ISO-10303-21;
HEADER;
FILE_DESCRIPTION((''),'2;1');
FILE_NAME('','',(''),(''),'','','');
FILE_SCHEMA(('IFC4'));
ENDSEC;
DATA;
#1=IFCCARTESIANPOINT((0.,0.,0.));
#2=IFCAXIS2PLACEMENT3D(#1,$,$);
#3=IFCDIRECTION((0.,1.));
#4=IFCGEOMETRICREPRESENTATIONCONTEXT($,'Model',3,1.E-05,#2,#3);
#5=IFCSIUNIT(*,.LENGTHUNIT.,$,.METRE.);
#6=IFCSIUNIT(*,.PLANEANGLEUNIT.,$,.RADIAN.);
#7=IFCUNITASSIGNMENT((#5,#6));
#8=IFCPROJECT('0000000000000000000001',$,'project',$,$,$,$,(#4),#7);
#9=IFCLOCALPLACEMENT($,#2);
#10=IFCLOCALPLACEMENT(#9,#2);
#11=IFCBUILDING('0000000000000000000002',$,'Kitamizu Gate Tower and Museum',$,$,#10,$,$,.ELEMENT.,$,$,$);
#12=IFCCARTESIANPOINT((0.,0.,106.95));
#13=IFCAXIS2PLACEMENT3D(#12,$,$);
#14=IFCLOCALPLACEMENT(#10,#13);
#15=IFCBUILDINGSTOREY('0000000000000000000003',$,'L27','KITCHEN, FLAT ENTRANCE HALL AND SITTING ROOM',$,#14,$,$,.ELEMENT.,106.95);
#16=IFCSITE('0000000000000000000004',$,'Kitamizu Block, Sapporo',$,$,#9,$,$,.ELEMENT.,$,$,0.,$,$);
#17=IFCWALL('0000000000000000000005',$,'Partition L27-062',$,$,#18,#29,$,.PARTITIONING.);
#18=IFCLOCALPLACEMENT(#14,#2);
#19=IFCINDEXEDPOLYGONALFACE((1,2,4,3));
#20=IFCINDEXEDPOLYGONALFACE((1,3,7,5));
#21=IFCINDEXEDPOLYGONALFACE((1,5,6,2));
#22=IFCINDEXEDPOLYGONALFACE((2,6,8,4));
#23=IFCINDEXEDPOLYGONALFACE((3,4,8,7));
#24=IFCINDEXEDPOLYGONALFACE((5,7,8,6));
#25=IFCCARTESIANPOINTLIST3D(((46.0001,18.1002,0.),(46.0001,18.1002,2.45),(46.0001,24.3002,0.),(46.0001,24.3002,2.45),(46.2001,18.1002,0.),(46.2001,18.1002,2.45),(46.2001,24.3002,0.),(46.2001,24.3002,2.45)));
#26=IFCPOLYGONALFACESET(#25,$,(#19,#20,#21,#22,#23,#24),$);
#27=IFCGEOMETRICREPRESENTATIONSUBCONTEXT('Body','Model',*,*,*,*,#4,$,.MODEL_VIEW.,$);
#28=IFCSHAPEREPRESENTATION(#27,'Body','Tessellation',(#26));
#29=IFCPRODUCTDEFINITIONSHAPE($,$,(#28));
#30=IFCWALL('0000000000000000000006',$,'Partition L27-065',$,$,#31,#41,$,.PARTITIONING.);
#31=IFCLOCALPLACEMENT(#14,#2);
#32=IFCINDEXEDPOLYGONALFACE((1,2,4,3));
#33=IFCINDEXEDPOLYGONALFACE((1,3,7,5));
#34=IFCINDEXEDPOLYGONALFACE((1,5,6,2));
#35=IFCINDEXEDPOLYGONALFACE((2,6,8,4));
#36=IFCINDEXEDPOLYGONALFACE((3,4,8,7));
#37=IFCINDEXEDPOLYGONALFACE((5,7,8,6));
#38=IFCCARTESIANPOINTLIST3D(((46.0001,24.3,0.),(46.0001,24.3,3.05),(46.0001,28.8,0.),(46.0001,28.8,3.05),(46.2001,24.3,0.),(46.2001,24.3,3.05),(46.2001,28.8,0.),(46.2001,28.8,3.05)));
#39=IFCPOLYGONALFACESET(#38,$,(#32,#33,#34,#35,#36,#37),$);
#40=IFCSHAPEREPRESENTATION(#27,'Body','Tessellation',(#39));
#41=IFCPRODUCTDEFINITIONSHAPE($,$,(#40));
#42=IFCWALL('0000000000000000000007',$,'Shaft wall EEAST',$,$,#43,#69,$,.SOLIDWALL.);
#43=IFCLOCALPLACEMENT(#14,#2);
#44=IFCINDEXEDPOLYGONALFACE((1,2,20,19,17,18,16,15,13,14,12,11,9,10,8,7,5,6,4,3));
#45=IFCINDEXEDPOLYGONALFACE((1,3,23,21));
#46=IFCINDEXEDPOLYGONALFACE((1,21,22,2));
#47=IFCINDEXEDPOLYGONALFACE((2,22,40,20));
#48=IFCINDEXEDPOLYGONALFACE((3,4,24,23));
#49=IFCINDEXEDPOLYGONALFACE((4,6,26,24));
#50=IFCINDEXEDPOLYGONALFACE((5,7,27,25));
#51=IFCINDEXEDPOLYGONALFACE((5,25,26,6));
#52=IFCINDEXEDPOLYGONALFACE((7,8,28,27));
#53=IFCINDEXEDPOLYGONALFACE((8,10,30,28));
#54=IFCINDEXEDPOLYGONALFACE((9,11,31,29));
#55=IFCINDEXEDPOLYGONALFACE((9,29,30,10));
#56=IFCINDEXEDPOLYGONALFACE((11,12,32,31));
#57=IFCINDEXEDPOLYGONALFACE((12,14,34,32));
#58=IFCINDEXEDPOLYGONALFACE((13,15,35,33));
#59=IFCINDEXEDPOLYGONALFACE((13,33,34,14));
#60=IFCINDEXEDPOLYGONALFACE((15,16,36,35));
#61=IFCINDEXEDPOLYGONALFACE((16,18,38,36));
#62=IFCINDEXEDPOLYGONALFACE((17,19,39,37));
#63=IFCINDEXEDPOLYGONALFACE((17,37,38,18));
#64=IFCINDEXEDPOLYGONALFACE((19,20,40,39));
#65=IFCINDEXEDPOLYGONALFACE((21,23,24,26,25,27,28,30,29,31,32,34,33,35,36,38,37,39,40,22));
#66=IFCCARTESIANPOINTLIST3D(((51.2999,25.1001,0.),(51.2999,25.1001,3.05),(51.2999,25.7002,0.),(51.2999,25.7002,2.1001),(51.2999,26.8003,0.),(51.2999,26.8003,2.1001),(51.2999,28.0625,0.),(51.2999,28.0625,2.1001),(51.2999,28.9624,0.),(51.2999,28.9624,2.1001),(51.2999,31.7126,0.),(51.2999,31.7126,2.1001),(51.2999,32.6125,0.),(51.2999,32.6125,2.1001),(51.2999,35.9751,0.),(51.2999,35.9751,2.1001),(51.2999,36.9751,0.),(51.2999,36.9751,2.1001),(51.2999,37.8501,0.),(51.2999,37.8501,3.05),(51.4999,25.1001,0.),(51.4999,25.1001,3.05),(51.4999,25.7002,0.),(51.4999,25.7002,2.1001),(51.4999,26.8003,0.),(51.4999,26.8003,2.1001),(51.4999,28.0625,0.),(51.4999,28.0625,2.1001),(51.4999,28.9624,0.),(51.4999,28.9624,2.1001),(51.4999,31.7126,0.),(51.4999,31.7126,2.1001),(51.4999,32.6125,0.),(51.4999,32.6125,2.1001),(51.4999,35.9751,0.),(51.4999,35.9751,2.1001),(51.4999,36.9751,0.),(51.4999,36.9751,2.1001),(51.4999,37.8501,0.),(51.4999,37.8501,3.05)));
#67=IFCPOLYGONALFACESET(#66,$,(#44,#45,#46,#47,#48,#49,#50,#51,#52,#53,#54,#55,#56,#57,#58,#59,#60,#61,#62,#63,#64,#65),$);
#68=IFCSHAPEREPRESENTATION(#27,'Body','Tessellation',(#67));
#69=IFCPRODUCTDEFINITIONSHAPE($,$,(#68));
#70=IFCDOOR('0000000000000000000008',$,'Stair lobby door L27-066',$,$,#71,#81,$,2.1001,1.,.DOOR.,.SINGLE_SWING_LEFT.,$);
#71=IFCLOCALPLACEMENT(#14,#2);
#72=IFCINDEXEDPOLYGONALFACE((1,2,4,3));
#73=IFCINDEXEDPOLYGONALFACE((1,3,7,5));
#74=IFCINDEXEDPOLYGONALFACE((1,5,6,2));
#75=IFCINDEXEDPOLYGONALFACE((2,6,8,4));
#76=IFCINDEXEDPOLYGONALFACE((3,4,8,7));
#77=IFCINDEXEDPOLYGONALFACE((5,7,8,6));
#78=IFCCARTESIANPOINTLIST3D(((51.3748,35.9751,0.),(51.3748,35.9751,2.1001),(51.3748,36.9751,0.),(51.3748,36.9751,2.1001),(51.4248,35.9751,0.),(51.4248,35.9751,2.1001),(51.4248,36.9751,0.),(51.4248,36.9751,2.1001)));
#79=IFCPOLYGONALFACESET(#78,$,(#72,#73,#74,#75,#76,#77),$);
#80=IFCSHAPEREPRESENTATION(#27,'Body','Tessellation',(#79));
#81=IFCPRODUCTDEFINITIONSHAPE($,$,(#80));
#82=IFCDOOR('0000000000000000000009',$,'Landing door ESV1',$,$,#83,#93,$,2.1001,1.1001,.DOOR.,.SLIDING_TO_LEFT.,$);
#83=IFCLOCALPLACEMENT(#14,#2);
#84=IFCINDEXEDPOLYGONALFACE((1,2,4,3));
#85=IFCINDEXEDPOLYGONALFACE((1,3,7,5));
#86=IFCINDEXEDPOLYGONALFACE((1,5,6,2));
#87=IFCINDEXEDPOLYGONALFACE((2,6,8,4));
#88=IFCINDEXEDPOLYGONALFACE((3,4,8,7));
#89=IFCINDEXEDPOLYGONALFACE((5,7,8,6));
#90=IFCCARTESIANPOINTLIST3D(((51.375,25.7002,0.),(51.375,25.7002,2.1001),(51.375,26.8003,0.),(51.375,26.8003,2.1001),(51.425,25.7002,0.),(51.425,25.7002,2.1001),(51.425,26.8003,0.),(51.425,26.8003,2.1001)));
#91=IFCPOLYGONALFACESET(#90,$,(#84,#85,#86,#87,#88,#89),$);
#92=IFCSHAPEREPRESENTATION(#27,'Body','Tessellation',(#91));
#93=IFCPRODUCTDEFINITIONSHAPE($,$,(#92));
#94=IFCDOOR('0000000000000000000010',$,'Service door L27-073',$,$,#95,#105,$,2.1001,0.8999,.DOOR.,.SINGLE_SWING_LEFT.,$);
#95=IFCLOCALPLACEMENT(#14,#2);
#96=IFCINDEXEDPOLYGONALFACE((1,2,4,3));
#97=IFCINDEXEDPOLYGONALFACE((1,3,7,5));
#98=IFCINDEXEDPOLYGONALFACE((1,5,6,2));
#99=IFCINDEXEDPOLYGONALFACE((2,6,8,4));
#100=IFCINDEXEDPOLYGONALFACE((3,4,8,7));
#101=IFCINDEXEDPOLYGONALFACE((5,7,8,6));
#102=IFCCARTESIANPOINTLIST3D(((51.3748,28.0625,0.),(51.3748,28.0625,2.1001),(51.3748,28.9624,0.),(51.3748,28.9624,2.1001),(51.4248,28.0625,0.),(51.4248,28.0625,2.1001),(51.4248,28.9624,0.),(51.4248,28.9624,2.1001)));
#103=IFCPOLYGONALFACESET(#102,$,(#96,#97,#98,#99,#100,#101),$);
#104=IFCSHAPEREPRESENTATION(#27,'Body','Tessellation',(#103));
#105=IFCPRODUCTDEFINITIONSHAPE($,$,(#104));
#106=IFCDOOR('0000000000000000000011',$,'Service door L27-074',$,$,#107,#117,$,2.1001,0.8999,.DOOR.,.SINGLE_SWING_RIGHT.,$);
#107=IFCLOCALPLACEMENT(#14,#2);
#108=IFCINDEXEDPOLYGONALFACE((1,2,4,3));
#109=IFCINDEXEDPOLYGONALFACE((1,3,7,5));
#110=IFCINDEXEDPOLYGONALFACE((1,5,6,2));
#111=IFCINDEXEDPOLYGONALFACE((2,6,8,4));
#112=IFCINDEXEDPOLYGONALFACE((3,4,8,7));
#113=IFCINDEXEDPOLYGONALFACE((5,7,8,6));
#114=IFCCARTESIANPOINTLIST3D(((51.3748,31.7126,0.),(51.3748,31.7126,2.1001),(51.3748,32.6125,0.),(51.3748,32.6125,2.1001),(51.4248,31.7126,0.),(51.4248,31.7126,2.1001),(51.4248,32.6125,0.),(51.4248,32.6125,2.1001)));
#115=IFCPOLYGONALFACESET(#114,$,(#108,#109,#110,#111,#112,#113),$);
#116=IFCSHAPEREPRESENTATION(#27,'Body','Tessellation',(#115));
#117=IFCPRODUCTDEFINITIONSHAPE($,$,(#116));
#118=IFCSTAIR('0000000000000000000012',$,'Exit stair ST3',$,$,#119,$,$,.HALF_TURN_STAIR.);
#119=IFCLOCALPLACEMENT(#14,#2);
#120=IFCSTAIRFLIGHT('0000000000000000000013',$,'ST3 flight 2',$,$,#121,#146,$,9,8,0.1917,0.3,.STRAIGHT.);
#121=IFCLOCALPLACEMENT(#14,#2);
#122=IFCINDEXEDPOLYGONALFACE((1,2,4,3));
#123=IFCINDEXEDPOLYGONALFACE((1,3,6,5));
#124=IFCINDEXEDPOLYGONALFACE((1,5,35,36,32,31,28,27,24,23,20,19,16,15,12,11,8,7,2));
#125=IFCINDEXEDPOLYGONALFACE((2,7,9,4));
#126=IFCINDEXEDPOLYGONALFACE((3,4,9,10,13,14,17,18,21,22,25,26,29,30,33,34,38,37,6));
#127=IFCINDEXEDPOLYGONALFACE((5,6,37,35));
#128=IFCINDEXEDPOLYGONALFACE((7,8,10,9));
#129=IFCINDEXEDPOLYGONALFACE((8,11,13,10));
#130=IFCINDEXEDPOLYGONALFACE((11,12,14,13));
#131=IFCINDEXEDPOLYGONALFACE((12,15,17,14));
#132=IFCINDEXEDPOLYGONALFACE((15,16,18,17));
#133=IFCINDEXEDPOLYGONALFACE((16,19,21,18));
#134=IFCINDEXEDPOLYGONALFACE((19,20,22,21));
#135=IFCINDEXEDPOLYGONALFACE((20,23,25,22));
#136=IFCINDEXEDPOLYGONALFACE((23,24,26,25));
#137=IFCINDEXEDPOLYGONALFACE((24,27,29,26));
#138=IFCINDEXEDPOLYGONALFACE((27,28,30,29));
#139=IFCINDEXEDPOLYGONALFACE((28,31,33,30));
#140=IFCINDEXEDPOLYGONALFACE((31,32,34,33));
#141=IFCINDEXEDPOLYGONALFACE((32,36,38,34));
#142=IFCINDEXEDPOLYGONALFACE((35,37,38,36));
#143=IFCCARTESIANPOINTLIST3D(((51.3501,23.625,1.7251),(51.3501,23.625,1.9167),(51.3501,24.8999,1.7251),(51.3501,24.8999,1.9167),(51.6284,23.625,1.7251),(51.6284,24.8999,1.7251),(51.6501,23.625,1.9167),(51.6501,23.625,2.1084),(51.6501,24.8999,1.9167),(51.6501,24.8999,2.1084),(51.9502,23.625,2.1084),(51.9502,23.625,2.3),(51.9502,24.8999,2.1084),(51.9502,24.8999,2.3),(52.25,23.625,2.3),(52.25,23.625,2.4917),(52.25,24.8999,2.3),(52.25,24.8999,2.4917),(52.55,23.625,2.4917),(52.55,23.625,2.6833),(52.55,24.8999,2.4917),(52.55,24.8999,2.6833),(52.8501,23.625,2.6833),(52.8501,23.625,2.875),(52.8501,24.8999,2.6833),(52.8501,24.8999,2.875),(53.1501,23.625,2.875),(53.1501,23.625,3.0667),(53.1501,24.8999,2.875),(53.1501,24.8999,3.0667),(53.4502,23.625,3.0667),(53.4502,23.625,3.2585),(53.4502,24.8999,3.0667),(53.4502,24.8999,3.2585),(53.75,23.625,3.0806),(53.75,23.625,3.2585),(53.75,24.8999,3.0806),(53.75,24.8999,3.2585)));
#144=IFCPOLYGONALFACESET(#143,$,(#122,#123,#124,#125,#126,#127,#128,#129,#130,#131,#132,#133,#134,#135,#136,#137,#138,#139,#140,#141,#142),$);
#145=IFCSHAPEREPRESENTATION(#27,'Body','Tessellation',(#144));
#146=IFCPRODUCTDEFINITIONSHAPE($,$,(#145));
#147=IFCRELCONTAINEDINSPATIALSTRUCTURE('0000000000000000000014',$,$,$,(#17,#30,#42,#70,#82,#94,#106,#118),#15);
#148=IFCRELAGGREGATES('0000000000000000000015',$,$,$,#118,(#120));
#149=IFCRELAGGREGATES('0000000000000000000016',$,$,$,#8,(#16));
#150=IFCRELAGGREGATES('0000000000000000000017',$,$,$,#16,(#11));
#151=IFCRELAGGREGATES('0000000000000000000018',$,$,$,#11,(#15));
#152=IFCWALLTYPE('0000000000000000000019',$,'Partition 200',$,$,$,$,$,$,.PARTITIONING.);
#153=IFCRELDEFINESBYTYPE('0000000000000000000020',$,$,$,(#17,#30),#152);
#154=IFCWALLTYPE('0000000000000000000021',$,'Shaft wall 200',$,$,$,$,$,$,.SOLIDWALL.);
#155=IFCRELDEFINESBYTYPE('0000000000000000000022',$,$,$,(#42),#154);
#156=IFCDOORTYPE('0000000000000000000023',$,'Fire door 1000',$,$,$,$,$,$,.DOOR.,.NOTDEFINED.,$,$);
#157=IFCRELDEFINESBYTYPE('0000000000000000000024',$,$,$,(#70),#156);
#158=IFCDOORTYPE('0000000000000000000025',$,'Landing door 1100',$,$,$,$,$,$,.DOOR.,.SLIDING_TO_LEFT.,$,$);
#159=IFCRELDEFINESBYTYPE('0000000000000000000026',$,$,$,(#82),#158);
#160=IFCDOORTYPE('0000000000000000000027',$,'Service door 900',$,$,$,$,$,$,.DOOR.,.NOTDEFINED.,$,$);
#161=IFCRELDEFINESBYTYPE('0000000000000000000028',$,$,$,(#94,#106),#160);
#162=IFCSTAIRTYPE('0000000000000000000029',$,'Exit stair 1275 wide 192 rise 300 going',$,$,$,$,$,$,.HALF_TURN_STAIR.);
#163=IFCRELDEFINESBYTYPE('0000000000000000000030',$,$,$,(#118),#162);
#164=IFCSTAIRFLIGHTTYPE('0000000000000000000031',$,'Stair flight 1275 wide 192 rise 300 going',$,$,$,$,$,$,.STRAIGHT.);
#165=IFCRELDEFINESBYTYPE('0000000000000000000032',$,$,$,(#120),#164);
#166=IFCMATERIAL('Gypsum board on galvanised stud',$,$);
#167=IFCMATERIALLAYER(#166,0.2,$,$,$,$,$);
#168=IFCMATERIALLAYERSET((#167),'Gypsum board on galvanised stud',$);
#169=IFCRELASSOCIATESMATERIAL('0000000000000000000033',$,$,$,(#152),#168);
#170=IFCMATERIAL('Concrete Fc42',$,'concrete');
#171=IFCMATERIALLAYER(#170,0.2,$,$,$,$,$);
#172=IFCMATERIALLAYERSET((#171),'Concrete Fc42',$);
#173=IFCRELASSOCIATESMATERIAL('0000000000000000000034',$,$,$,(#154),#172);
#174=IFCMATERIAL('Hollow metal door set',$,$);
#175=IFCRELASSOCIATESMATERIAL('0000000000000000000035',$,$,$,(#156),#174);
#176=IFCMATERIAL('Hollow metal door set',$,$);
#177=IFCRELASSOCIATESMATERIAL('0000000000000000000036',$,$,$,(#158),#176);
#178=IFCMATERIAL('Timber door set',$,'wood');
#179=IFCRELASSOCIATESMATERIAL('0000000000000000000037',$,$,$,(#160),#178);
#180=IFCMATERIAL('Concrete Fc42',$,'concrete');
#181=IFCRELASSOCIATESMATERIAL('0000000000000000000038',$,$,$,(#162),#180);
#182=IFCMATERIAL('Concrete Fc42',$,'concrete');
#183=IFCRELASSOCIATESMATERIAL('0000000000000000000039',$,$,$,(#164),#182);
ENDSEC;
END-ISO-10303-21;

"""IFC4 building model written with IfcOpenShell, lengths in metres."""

from ifc_helpers import new_model, si_unit, direction, frame, frame_2d, origin, place, context, subcontext, project, spatial, polyline, rectangle, outline, extrude, material, layer, layer_set, type_object, element, fill, aggregate, save


model = new_model("IFC4")

# Units and contexts
model_context = context("Model", 3, precision=1e-05, world=origin(), true_north=direction((0.0, 1.0)))
body_context = subcontext(model_context, "Body", "Model", "MODEL_VIEW")
ifc_project = project(units=[si_unit("LENGTHUNIT", "METRE"), si_unit("PLANEANGLEUNIT", "RADIAN")], contexts=[model_context])

# Site, building, storey
site_placement = place(None, origin())
site = spatial("IfcSite", under=ifc_project, at=site_placement, Name="Kitamizu Block, Sapporo", CompositionType="ELEMENT", RefElevation=0.0)
building_placement = place(site_placement, origin())
building = spatial("IfcBuilding", under=site, at=building_placement, Name="Kitamizu Gate Tower and Museum", CompositionType="ELEMENT")
storey_placement = place(building_placement, frame((0.0, 0.0, 106.95)))
storey = spatial("IfcBuildingStorey", under=building, at=storey_placement, Name="L27", Description="KITCHEN, FLAT ENTRANCE HALL AND SITTING ROOM", CompositionType="ELEMENT", Elevation=106.95)

# Walls
ifc_material_1 = material(Name="Gypsum board on galvanised stud")
ifc_layer_1 = layer(ifc_material_1, 0.2)
ifc_layer_set_1 = layer_set([ifc_layer_1], Name="Gypsum board on galvanised stud")
wall_type_1 = type_object("IfcWallType", Name="Partition 200", PredefinedType="PARTITIONING", material=ifc_layer_set_1)
wall_1_placement = place(storey_placement, frame((46.1001, 18.1001, 0.0), z_axis=(0.0, 0.0, 1.0), x_axis=(0.0, 1.0, 0.0)))
element("IfcWall", 1, at=wall_1_placement, inside=storey, type_object=wall_type_1, Name="Partition L27-062", PredefinedType="PARTITIONING", context=body_context, shape_type="SweptSolid", body=[
    extrude(rectangle(XDim=6.2, YDim=0.2, at=frame_2d((3.1001, 0.0))), origin(), (0.0, 0.0, 1.0), 2.45),
])
wall_2_placement = place(storey_placement, frame((46.1001, 24.3, 0.0), z_axis=(0.0, 0.0, 1.0), x_axis=(0.0, 1.0, 0.0)))
element("IfcWall", 2, at=wall_2_placement, inside=storey, type_object=wall_type_1, Name="Partition L27-065", PredefinedType="PARTITIONING", context=body_context, shape_type="SweptSolid", body=[
    extrude(rectangle(XDim=4.5, YDim=0.2, at=frame_2d((2.25, 0.0))), origin(), (0.0, 0.0, 1.0), 3.05),
])

# Wall, openings, doors
ifc_material_2 = material(Name="Concrete Fc42", Category="concrete")
ifc_layer_2 = layer(ifc_material_2, 0.2)
ifc_layer_set_2 = layer_set([ifc_layer_2], Name="Concrete Fc42")
wall_type_2 = type_object("IfcWallType", Name="Shaft wall 200", PredefinedType="SOLIDWALL", material=ifc_layer_set_2)
wall_3_placement = place(storey_placement, frame((51.3999, 25.1001, 0.0), z_axis=(0.0, 0.0, 1.0), x_axis=(0.0, 1.0, 0.0)))
wall_3 = element("IfcWall", 3, at=wall_3_placement, inside=storey, type_object=wall_type_2, Name="Shaft wall EEAST", PredefinedType="SOLIDWALL", context=body_context, shape_type="SweptSolid", body=[
    extrude(rectangle(XDim=12.75, YDim=0.2, at=frame_2d((6.375, 0.0))), origin(), (0.0, 0.0, 1.0), 3.05),
])
opening_1_placement = place(wall_3_placement, frame((0.6001, 0.0, 0.0)))
opening_1 = element("IfcOpeningElement", 4, at=opening_1_placement, cuts=wall_3, PredefinedType="OPENING", context=body_context, shape_type="SweptSolid", body=[
    extrude(rectangle(XDim=1.1001, YDim=2.1001, at=frame_2d((0.55, 1.05))), frame((0.0, 0.1099, 0.0), z_axis=(0.0, -1.0, 0.0), x_axis=(1.0, 0.0, 0.0)), (0.0, 0.0, 1.0), 0.22),
])
opening_2_placement = place(wall_3_placement, frame((10.875, 0.0, 0.0)))
opening_2 = element("IfcOpeningElement", 5, at=opening_2_placement, cuts=wall_3, PredefinedType="OPENING", context=body_context, shape_type="SweptSolid", body=[
    extrude(rectangle(XDim=1.0, YDim=2.1001, at=frame_2d((0.5, 1.05))), frame((0.0, 0.1099, 0.0), z_axis=(0.0, -1.0, 0.0), x_axis=(1.0, 0.0, 0.0)), (0.0, 0.0, 1.0), 0.22),
])
opening_3_placement = place(wall_3_placement, frame((2.9624, 0.0, 0.0)))
opening_3 = element("IfcOpeningElement", 6, at=opening_3_placement, cuts=wall_3, PredefinedType="OPENING", context=body_context, shape_type="SweptSolid", body=[
    extrude(rectangle(XDim=0.8999, YDim=2.1001, at=frame_2d((0.45, 1.05))), frame((0.0, 0.1099, 0.0), z_axis=(0.0, -1.0, 0.0), x_axis=(1.0, 0.0, 0.0)), (0.0, 0.0, 1.0), 0.22),
])
opening_4_placement = place(wall_3_placement, frame((6.6125, 0.0, 0.0)))
opening_4 = element("IfcOpeningElement", 7, at=opening_4_placement, cuts=wall_3, PredefinedType="OPENING", context=body_context, shape_type="SweptSolid", body=[
    extrude(rectangle(XDim=0.8999, YDim=2.1001, at=frame_2d((0.45, 1.05))), frame((0.0, 0.1099, 0.0), z_axis=(0.0, -1.0, 0.0), x_axis=(1.0, 0.0, 0.0)), (0.0, 0.0, 1.0), 0.22),
])
ifc_material_3 = material(Name="Hollow metal door set")
door_type_1 = type_object("IfcDoorType", Name="Fire door 1000", OperationType="NOTDEFINED", PredefinedType="DOOR", material=ifc_material_3)
door_1_placement = place(opening_2_placement, frame((1.0, 0.0, 0.0), x_axis=(-1.0, 0.0, 0.0)))
door_1 = element("IfcDoor", 8, at=door_1_placement, inside=storey, type_object=door_type_1, Name="Stair lobby door L27-066", OperationType="SINGLE_SWING_LEFT", OverallHeight=2.1001, OverallWidth=1.0, PredefinedType="DOOR", context=body_context, shape_type="SweptSolid", body=[
    extrude(rectangle(XDim=1.0, YDim=2.1001, at=frame_2d((0.5, 1.05))), frame((0.0, 0.0249, 0.0), z_axis=(0.0, -1.0, 0.0), x_axis=(1.0, 0.0, 0.0)), (0.0, 0.0, 1.0), 0.05),
])
fill(opening_2, door_1)
ifc_material_4 = material(Name="Hollow metal door set")
door_type_2 = type_object("IfcDoorType", Name="Landing door 1100", OperationType="SLIDING_TO_LEFT", PredefinedType="DOOR", material=ifc_material_4)
door_2_placement = place(opening_1_placement, origin())
door_2 = element("IfcDoor", 9, at=door_2_placement, inside=storey, type_object=door_type_2, Name="Landing door ESV1", OperationType="SLIDING_TO_LEFT", OverallHeight=2.1001, OverallWidth=1.1001, PredefinedType="DOOR", context=body_context, shape_type="SweptSolid", body=[
    extrude(rectangle(XDim=1.1001, YDim=2.1001, at=frame_2d((0.55, 1.05))), frame((0.0, 0.0249, 0.0), z_axis=(0.0, -1.0, 0.0), x_axis=(1.0, 0.0, 0.0)), (0.0, 0.0, 1.0), 0.05),
])
fill(opening_1, door_2)
ifc_material_5 = material(Name="Timber door set", Category="wood")
door_type_3 = type_object("IfcDoorType", Name="Service door 900", OperationType="NOTDEFINED", PredefinedType="DOOR", material=ifc_material_5)
door_3_placement = place(opening_3_placement, frame((0.8999, 0.0, 0.0), x_axis=(-1.0, 0.0, 0.0)))
door_3 = element("IfcDoor", 10, at=door_3_placement, inside=storey, type_object=door_type_3, Name="Service door L27-073", OperationType="SINGLE_SWING_LEFT", OverallHeight=2.1001, OverallWidth=0.8999, PredefinedType="DOOR", context=body_context, shape_type="SweptSolid", body=[
    extrude(rectangle(XDim=0.8999, YDim=2.1001, at=frame_2d((0.45, 1.05))), frame((0.0, 0.0249, 0.0), z_axis=(0.0, -1.0, 0.0), x_axis=(1.0, 0.0, 0.0)), (0.0, 0.0, 1.0), 0.05),
])
fill(opening_3, door_3)
door_4_placement = place(opening_4_placement, frame((0.8999, 0.0, 0.0), x_axis=(-1.0, 0.0, 0.0)))
door_4 = element("IfcDoor", 11, at=door_4_placement, inside=storey, type_object=door_type_3, Name="Service door L27-074", OperationType="SINGLE_SWING_RIGHT", OverallHeight=2.1001, OverallWidth=0.8999, PredefinedType="DOOR", context=body_context, shape_type="SweptSolid", body=[
    extrude(rectangle(XDim=0.8999, YDim=2.1001, at=frame_2d((0.45, 1.05))), frame((0.0, 0.0249, 0.0), z_axis=(0.0, -1.0, 0.0), x_axis=(1.0, 0.0, 0.0)), (0.0, 0.0, 1.0), 0.05),
])
fill(opening_4, door_4)

# Stair, stair flight
ifc_material_6 = material(Name="Concrete Fc42", Category="concrete")
stair_type = type_object("IfcStairType", Name="Exit stair 1275 wide 192 rise 300 going", PredefinedType="HALF_TURN_STAIR", material=ifc_material_6)
stair_placement = place(storey_placement, origin())
stair = element("IfcStair", 12, at=stair_placement, inside=storey, type_object=stair_type, Name="Exit stair ST3", PredefinedType="HALF_TURN_STAIR")
ifc_material_7 = material(Name="Concrete Fc42", Category="concrete")
stair_flight_type = type_object("IfcStairFlightType", Name="Stair flight 1275 wide 192 rise 300 going", PredefinedType="STRAIGHT", material=ifc_material_7)
stair_flight_placement = place(storey_placement, frame((51.3501, 24.2625, 1.7251), z_axis=(0.0, 0.0, 1.0), x_axis=(1.0, 0.0, 0.0)))
stair_flight = element("IfcStairFlight", 13, at=stair_flight_placement, type_object=stair_flight_type, Name="ST3 flight 2", NumberOfRisers=9, NumberOfTreads=8, PredefinedType="STRAIGHT", RiserHeight=0.1917, TreadLength=0.3, context=body_context, shape_type="SweptSolid", body=[
    extrude(outline(polyline([(0.0, 0.0), (0.0, 0.1917), (0.3, 0.1917), (0.3, 0.3833), (0.6001, 0.3833), (0.6001, 0.575), (0.8999, 0.575), (0.8999, 0.7666), (1.2, 0.7666), (1.2, 0.9583), (1.5, 0.9583), (1.5, 1.1499), (1.8, 1.1499), (1.8, 1.3416), (2.1001, 1.3416), (2.1001, 1.5334), (2.3999, 1.5334), (2.3999, 1.7251), (2.3999, 1.3555), (0.2783, 0.0), (0.0, 0.0)])), frame((0.0, 0.6375, 0.0), z_axis=(0.0, -1.0, 0.0), x_axis=(1.0, 0.0, 0.0)), (0.0, 0.0, 1.0), 1.2749),
])
aggregate(stair, [stair_flight])

save(model, "model.ifc")
